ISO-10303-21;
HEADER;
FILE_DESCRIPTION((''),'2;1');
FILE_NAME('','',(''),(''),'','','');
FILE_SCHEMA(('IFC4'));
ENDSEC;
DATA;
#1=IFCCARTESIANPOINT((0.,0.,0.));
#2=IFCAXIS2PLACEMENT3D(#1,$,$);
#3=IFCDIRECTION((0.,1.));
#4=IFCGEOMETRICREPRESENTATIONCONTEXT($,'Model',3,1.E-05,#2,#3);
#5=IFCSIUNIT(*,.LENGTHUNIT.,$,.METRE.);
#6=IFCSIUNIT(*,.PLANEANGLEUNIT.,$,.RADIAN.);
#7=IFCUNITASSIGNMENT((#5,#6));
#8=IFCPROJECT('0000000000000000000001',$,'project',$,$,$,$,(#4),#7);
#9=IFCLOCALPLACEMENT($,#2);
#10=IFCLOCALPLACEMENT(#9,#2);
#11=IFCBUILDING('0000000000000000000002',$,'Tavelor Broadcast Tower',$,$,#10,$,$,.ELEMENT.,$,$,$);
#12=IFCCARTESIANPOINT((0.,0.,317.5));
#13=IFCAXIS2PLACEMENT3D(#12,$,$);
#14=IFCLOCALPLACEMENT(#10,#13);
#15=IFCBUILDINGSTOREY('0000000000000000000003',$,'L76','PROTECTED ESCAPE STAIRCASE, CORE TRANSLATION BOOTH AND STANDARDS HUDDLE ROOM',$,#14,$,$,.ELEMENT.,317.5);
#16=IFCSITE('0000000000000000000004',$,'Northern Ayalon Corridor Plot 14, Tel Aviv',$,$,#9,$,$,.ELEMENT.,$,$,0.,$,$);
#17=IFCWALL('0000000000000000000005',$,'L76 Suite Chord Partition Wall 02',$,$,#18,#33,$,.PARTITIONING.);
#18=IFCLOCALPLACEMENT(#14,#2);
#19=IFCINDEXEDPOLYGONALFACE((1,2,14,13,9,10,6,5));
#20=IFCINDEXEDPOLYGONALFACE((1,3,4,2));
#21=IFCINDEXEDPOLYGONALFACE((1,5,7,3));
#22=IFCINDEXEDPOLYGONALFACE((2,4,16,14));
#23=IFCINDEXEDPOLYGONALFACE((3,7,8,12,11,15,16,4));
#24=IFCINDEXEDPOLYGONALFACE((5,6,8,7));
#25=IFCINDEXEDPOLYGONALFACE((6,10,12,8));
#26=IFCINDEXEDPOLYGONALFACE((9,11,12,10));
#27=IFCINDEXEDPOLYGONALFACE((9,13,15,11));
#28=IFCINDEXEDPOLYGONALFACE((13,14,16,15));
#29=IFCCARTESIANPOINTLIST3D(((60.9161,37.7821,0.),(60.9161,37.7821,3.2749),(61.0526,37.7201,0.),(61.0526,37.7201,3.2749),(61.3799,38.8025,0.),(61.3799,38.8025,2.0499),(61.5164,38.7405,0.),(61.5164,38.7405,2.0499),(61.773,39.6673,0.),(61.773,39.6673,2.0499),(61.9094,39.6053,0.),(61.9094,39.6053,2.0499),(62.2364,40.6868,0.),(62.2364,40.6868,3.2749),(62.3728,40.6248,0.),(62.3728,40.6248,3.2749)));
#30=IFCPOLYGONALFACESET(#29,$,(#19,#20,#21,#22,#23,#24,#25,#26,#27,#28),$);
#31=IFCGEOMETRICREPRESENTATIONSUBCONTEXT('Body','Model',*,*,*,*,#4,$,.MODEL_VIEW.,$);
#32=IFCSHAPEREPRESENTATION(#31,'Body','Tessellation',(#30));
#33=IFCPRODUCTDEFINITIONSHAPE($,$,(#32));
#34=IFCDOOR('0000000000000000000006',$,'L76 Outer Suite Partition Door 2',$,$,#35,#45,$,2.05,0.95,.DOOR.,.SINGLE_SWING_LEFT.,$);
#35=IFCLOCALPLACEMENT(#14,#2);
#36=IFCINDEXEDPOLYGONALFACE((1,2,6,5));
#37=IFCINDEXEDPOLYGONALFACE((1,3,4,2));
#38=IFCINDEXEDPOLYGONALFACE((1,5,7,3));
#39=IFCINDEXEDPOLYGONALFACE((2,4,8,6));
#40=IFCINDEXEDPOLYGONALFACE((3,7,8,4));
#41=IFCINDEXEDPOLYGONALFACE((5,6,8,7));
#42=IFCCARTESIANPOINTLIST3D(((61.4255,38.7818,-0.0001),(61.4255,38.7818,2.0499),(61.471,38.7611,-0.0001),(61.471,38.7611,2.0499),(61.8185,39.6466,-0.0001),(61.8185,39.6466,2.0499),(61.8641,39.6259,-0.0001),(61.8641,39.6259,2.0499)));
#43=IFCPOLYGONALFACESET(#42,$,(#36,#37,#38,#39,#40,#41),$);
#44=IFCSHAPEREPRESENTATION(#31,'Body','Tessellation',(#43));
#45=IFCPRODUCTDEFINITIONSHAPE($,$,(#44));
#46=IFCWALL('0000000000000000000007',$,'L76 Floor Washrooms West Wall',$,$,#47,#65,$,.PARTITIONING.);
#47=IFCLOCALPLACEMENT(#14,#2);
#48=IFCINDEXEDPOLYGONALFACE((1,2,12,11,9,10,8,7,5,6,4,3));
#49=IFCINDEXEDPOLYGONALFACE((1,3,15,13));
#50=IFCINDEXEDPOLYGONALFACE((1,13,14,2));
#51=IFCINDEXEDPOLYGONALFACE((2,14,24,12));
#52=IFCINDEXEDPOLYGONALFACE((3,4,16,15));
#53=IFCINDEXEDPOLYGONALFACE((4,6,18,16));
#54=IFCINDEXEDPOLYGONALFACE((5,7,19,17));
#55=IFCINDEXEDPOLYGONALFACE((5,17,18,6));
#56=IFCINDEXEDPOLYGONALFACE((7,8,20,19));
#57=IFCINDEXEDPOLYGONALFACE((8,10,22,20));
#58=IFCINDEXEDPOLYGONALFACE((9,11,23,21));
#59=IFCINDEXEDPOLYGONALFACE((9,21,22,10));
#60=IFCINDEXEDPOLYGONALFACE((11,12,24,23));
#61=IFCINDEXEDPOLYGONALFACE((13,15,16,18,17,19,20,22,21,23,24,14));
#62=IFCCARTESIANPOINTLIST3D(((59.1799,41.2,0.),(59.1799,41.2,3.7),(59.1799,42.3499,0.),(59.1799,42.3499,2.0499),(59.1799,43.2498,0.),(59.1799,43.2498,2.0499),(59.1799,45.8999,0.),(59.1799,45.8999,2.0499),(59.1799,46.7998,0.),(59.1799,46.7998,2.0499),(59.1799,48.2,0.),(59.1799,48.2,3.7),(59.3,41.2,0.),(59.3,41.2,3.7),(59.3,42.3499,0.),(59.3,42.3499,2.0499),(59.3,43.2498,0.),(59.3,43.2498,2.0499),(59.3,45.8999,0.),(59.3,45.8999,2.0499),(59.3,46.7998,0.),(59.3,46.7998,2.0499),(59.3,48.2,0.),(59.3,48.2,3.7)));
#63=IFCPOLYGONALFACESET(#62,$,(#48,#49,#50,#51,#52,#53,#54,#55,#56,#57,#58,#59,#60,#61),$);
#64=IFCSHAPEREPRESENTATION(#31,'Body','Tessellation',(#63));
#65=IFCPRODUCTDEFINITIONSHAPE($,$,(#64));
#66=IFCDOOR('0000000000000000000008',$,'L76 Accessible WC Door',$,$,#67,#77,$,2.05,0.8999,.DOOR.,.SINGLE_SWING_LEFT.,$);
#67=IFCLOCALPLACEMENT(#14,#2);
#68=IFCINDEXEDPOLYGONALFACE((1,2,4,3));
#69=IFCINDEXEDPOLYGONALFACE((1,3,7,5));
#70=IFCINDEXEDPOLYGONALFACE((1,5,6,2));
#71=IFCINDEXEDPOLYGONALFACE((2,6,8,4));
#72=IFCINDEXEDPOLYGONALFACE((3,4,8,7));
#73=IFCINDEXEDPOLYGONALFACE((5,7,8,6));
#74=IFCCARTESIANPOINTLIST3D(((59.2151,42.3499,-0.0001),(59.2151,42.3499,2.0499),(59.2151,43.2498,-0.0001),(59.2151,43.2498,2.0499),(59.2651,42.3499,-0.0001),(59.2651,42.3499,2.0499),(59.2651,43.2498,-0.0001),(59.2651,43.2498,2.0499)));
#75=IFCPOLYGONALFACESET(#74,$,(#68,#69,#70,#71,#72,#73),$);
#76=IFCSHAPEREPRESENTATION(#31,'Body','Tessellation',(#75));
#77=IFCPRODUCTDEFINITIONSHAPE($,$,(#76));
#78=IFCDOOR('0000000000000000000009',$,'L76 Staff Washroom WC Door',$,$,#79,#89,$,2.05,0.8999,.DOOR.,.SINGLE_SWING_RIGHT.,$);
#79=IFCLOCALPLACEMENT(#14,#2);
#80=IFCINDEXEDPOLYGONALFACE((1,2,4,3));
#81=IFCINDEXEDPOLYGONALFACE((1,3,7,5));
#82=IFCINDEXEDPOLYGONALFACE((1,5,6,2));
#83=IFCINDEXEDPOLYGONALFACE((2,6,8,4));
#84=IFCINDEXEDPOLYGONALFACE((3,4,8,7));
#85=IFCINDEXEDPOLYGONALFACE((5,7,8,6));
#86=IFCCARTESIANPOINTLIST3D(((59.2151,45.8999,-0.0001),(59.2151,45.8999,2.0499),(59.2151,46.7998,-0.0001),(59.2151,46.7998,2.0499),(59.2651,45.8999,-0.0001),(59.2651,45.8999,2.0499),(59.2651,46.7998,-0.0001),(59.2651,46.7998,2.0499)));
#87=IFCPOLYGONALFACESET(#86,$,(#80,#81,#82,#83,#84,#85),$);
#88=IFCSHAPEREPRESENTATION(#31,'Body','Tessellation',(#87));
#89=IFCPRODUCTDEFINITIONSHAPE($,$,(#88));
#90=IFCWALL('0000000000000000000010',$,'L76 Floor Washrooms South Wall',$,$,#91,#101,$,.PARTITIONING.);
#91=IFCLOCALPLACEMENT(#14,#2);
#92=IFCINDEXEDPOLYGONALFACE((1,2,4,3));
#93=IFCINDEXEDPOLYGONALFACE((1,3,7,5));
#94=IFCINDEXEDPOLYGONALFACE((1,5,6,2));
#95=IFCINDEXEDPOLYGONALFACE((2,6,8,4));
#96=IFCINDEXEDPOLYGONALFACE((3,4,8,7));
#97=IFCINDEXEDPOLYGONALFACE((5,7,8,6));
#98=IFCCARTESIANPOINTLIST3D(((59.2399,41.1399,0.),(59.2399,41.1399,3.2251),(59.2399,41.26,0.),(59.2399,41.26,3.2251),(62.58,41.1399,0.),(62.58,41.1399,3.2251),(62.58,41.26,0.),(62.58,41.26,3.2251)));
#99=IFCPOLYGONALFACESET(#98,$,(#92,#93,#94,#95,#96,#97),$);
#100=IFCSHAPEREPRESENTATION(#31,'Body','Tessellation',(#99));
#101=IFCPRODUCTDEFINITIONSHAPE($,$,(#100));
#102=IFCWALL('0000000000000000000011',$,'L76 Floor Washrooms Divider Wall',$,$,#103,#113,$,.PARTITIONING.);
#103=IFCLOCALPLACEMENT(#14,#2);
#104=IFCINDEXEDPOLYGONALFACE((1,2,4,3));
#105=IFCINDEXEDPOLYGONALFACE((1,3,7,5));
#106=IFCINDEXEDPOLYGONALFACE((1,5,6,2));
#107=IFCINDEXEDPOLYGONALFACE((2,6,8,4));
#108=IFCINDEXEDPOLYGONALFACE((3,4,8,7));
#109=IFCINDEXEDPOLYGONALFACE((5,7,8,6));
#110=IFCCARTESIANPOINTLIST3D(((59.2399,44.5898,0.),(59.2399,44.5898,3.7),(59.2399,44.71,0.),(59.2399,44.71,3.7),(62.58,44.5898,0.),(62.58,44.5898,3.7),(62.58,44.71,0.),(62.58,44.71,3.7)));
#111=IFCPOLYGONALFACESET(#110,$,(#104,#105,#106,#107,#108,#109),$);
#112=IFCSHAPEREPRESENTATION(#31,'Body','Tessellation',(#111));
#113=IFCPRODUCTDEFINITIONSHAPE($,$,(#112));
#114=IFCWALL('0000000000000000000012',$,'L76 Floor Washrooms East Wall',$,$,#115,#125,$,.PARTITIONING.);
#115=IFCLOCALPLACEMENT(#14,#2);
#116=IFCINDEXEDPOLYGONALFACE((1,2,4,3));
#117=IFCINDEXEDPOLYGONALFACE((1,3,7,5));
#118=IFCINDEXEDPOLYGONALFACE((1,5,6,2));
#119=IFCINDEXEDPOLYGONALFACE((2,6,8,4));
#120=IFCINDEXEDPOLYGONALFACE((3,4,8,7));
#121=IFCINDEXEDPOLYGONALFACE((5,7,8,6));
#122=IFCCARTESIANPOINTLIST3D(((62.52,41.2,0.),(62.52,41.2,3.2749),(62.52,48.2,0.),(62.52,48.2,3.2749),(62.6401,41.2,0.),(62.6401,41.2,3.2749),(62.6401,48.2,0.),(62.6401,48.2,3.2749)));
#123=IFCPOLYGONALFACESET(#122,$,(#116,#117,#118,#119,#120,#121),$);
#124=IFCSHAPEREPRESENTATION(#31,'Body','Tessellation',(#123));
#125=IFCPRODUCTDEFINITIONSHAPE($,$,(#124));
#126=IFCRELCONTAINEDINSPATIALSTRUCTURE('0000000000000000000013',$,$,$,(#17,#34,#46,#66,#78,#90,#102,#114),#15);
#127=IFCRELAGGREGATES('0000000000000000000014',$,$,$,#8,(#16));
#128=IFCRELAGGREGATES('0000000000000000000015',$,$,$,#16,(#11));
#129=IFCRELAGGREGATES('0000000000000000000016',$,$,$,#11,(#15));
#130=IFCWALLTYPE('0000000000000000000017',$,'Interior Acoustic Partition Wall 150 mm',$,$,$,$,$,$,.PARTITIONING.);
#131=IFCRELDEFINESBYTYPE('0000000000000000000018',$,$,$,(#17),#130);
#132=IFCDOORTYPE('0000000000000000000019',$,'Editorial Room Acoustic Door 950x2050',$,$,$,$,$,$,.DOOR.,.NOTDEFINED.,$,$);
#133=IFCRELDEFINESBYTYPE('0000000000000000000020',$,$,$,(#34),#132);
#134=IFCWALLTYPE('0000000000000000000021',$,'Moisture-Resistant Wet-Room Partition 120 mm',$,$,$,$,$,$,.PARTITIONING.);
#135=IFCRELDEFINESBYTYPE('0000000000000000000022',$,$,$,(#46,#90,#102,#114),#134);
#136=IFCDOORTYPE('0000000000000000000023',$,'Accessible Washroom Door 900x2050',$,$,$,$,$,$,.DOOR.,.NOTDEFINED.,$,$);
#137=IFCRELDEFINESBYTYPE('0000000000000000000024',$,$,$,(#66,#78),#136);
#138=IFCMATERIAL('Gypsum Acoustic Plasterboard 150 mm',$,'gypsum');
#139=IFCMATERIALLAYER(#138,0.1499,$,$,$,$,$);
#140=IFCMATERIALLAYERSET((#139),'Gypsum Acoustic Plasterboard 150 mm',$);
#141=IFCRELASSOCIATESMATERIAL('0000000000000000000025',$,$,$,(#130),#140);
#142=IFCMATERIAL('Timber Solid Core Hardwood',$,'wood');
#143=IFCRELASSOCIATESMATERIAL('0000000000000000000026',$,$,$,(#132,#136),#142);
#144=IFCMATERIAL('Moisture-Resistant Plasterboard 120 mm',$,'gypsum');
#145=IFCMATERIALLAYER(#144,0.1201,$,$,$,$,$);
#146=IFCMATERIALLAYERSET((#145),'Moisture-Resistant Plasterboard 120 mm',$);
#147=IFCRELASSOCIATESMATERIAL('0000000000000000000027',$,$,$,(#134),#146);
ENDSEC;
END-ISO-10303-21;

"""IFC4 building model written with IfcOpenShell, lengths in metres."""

from ifc_helpers import new_model, si_unit, direction, frame, frame_2d, origin, place, context, subcontext, project, spatial, rectangle, extrude, material, layer, layer_set, type_object, element, fill, save


model = new_model("IFC4")

# Units and contexts
model_context = context("Model", 3, precision=1e-05, world=origin(), true_north=direction((0.0, 1.0)))
body_context = subcontext(model_context, "Body", "Model", "MODEL_VIEW")
ifc_project = project(units=[si_unit("LENGTHUNIT", "METRE"), si_unit("PLANEANGLEUNIT", "RADIAN")], contexts=[model_context])

# Site, building, storey
site_placement = place(None, origin())
site = spatial("IfcSite", under=ifc_project, at=site_placement, Name="Northern Ayalon Corridor Plot 14, Tel Aviv", CompositionType="ELEMENT", RefElevation=0.0)
building_placement = place(site_placement, origin())
building = spatial("IfcBuilding", under=site, at=building_placement, Name="Tavelor Broadcast Tower", CompositionType="ELEMENT")
storey_placement = place(building_placement, frame((0.0, 0.0, 317.5)))
storey = spatial("IfcBuildingStorey", under=building, at=storey_placement, Name="L76", Description="PROTECTED ESCAPE STAIRCASE, CORE TRANSLATION BOOTH AND STANDARDS HUDDLE ROOM", CompositionType="ELEMENT", Elevation=317.5)

# Shared definitions
ifc_material_1 = material(Name="Timber Solid Core Hardwood", Category="wood")

# Shared definitions
ifc_material_2 = material(Name="Gypsum Acoustic Plasterboard 150 mm", Category="gypsum")
ifc_layer_1 = layer(ifc_material_2, 0.1499)
ifc_layer_set_1 = layer_set([ifc_layer_1], Name="Gypsum Acoustic Plasterboard 150 mm")
wall_type_1 = type_object("IfcWallType", Name="Interior Acoustic Partition Wall 150 mm", PredefinedType="PARTITIONING", material=ifc_layer_set_1)

# Wall, opening, door
wall_1_placement = place(storey_placement, frame((60.9844, 37.7512, 0.0), z_axis=(0.0, 0.0, 1.0), x_axis=(0.413791, 0.910372, 0.0)))
wall_1 = element("IfcWall", 1, at=wall_1_placement, inside=storey, type_object=wall_type_1, Name="L76 Suite Chord Partition Wall 02", PredefinedType="PARTITIONING", context=body_context, shape_type="SweptSolid", body=[
    extrude(rectangle(XDim=3.1907, YDim=0.1499, at=frame_2d((1.5952, 0.0))), origin(), (0.0, 0.0, 1.0), 3.2749),
])
opening_1_placement = place(wall_1_placement, frame((1.1206, 0.0, 0.0)))
opening_1 = element("IfcOpeningElement", 2, at=opening_1_placement, cuts=wall_1, PredefinedType="OPENING", context=body_context, shape_type="SweptSolid", body=[
    extrude(rectangle(XDim=0.95, YDim=2.05, at=frame_2d((0.4751, 1.0249))), frame((0.0, 0.085, 0.0), z_axis=(0.0, -1.0, 0.0), x_axis=(1.0, 0.0, 0.0)), (0.0, 0.0, 1.0), 0.1699),
])
door_type_1 = type_object("IfcDoorType", Name="Editorial Room Acoustic Door 950x2050", OperationType="NOTDEFINED", PredefinedType="DOOR", material=ifc_material_1)
door_1_placement = place(opening_1_placement, origin())
door_1 = element("IfcDoor", 3, at=door_1_placement, inside=storey, type_object=door_type_1, Name="L76 Outer Suite Partition Door 2", OperationType="SINGLE_SWING_LEFT", OverallHeight=2.05, OverallWidth=0.95, PredefinedType="DOOR", context=body_context, shape_type="SweptSolid", body=[
    extrude(rectangle(XDim=0.95, YDim=2.05, at=frame_2d((0.4751, 1.0249))), frame((0.0, 0.0249, 0.0), z_axis=(0.0, -1.0, 0.0), x_axis=(1.0, 0.0, 0.0)), (0.0, 0.0, 1.0), 0.05),
])
fill(opening_1, door_1)

# Wall, openings, doors
ifc_material_3 = material(Name="Moisture-Resistant Plasterboard 120 mm", Category="gypsum")
ifc_layer_2 = layer(ifc_material_3, 0.1201)
ifc_layer_set_2 = layer_set([ifc_layer_2], Name="Moisture-Resistant Plasterboard 120 mm")
wall_type_2 = type_object("IfcWallType", Name="Moisture-Resistant Wet-Room Partition 120 mm", PredefinedType="PARTITIONING", material=ifc_layer_set_2)
wall_2_placement = place(storey_placement, frame((59.24, 41.2, 0.0), z_axis=(0.0, 0.0, 1.0), x_axis=(0.0, 1.0, 0.0)))
wall_2 = element("IfcWall", 4, at=wall_2_placement, inside=storey, type_object=wall_type_2, Name="L76 Floor Washrooms West Wall", PredefinedType="PARTITIONING", context=body_context, shape_type="SweptSolid", body=[
    extrude(rectangle(XDim=7.0, YDim=0.1201, at=frame_2d((3.5, 0.0))), origin(), (0.0, 0.0, 1.0), 3.7),
])
opening_2_placement = place(wall_2_placement, frame((1.1499, 0.0, 0.0)))
opening_2 = element("IfcOpeningElement", 5, at=opening_2_placement, cuts=wall_2, PredefinedType="OPENING", context=body_context, shape_type="SweptSolid", body=[
    extrude(rectangle(XDim=0.8999, YDim=2.05, at=frame_2d((0.45, 1.0249))), frame((0.0, 0.0701, 0.0), z_axis=(0.0, -1.0, 0.0), x_axis=(1.0, 0.0, 0.0)), (0.0, 0.0, 1.0), 0.1401),
])
opening_3_placement = place(wall_2_placement, frame((4.7, 0.0, 0.0)))
opening_3 = element("IfcOpeningElement", 6, at=opening_3_placement, cuts=wall_2, PredefinedType="OPENING", context=body_context, shape_type="SweptSolid", body=[
    extrude(rectangle(XDim=0.8999, YDim=2.05, at=frame_2d((0.45, 1.0249))), frame((0.0, 0.0701, 0.0), z_axis=(0.0, -1.0, 0.0), x_axis=(1.0, 0.0, 0.0)), (0.0, 0.0, 1.0), 0.1401),
])
door_type_2 = type_object("IfcDoorType", Name="Accessible Washroom Door 900x2050", OperationType="NOTDEFINED", PredefinedType="DOOR", material=ifc_material_1)
door_2_placement = place(opening_2_placement, origin())
door_2 = element("IfcDoor", 7, at=door_2_placement, inside=storey, type_object=door_type_2, Name="L76 Accessible WC Door", OperationType="SINGLE_SWING_LEFT", OverallHeight=2.05, OverallWidth=0.8999, PredefinedType="DOOR", context=body_context, shape_type="SweptSolid", body=[
    extrude(rectangle(XDim=0.8999, YDim=2.05, at=frame_2d((0.45, 1.0249))), frame((0.0, 0.0249, 0.0), z_axis=(0.0, -1.0, 0.0), x_axis=(1.0, 0.0, 0.0)), (0.0, 0.0, 1.0), 0.05),
])
fill(opening_2, door_2)
door_3_placement = place(opening_3_placement, origin())
door_3 = element("IfcDoor", 8, at=door_3_placement, inside=storey, type_object=door_type_2, Name="L76 Staff Washroom WC Door", OperationType="SINGLE_SWING_RIGHT", OverallHeight=2.05, OverallWidth=0.8999, PredefinedType="DOOR", context=body_context, shape_type="SweptSolid", body=[
    extrude(rectangle(XDim=0.8999, YDim=2.05, at=frame_2d((0.45, 1.0249))), frame((0.0, 0.0249, 0.0), z_axis=(0.0, -1.0, 0.0), x_axis=(1.0, 0.0, 0.0)), (0.0, 0.0, 1.0), 0.05),
])
fill(opening_3, door_3)

# Walls
wall_3_placement = place(storey_placement, frame((59.24, 41.2, 0.0), z_axis=(0.0, 0.0, 1.0), x_axis=(1.0, 0.0, 0.0)))
element("IfcWall", 9, at=wall_3_placement, inside=storey, type_object=wall_type_2, Name="L76 Floor Washrooms South Wall", PredefinedType="PARTITIONING", context=body_context, shape_type="SweptSolid", body=[
    extrude(rectangle(XDim=3.3401, YDim=0.1201, at=frame_2d((1.6699, 0.0))), origin(), (0.0, 0.0, 1.0), 3.2251),
])
wall_4_placement = place(storey_placement, frame((59.24, 44.6499, 0.0), z_axis=(0.0, 0.0, 1.0), x_axis=(1.0, 0.0, 0.0)))
element("IfcWall", 10, at=wall_4_placement, inside=storey, type_object=wall_type_2, Name="L76 Floor Washrooms Divider Wall", PredefinedType="PARTITIONING", context=body_context, shape_type="SweptSolid", body=[
    extrude(rectangle(XDim=3.3401, YDim=0.1201, at=frame_2d((1.6699, 0.0))), origin(), (0.0, 0.0, 1.0), 3.7),
])
wall_5_placement = place(storey_placement, frame((62.5801, 41.2, 0.0), z_axis=(0.0, 0.0, 1.0), x_axis=(0.0, 1.0, 0.0)))
element("IfcWall", 11, at=wall_5_placement, inside=storey, type_object=wall_type_2, Name="L76 Floor Washrooms East Wall", PredefinedType="PARTITIONING", context=body_context, shape_type="SweptSolid", body=[
    extrude(rectangle(XDim=7.0, YDim=0.1201, at=frame_2d((3.5, 0.0))), origin(), (0.0, 0.0, 1.0), 3.2749),
])

save(model, "model.ifc")
